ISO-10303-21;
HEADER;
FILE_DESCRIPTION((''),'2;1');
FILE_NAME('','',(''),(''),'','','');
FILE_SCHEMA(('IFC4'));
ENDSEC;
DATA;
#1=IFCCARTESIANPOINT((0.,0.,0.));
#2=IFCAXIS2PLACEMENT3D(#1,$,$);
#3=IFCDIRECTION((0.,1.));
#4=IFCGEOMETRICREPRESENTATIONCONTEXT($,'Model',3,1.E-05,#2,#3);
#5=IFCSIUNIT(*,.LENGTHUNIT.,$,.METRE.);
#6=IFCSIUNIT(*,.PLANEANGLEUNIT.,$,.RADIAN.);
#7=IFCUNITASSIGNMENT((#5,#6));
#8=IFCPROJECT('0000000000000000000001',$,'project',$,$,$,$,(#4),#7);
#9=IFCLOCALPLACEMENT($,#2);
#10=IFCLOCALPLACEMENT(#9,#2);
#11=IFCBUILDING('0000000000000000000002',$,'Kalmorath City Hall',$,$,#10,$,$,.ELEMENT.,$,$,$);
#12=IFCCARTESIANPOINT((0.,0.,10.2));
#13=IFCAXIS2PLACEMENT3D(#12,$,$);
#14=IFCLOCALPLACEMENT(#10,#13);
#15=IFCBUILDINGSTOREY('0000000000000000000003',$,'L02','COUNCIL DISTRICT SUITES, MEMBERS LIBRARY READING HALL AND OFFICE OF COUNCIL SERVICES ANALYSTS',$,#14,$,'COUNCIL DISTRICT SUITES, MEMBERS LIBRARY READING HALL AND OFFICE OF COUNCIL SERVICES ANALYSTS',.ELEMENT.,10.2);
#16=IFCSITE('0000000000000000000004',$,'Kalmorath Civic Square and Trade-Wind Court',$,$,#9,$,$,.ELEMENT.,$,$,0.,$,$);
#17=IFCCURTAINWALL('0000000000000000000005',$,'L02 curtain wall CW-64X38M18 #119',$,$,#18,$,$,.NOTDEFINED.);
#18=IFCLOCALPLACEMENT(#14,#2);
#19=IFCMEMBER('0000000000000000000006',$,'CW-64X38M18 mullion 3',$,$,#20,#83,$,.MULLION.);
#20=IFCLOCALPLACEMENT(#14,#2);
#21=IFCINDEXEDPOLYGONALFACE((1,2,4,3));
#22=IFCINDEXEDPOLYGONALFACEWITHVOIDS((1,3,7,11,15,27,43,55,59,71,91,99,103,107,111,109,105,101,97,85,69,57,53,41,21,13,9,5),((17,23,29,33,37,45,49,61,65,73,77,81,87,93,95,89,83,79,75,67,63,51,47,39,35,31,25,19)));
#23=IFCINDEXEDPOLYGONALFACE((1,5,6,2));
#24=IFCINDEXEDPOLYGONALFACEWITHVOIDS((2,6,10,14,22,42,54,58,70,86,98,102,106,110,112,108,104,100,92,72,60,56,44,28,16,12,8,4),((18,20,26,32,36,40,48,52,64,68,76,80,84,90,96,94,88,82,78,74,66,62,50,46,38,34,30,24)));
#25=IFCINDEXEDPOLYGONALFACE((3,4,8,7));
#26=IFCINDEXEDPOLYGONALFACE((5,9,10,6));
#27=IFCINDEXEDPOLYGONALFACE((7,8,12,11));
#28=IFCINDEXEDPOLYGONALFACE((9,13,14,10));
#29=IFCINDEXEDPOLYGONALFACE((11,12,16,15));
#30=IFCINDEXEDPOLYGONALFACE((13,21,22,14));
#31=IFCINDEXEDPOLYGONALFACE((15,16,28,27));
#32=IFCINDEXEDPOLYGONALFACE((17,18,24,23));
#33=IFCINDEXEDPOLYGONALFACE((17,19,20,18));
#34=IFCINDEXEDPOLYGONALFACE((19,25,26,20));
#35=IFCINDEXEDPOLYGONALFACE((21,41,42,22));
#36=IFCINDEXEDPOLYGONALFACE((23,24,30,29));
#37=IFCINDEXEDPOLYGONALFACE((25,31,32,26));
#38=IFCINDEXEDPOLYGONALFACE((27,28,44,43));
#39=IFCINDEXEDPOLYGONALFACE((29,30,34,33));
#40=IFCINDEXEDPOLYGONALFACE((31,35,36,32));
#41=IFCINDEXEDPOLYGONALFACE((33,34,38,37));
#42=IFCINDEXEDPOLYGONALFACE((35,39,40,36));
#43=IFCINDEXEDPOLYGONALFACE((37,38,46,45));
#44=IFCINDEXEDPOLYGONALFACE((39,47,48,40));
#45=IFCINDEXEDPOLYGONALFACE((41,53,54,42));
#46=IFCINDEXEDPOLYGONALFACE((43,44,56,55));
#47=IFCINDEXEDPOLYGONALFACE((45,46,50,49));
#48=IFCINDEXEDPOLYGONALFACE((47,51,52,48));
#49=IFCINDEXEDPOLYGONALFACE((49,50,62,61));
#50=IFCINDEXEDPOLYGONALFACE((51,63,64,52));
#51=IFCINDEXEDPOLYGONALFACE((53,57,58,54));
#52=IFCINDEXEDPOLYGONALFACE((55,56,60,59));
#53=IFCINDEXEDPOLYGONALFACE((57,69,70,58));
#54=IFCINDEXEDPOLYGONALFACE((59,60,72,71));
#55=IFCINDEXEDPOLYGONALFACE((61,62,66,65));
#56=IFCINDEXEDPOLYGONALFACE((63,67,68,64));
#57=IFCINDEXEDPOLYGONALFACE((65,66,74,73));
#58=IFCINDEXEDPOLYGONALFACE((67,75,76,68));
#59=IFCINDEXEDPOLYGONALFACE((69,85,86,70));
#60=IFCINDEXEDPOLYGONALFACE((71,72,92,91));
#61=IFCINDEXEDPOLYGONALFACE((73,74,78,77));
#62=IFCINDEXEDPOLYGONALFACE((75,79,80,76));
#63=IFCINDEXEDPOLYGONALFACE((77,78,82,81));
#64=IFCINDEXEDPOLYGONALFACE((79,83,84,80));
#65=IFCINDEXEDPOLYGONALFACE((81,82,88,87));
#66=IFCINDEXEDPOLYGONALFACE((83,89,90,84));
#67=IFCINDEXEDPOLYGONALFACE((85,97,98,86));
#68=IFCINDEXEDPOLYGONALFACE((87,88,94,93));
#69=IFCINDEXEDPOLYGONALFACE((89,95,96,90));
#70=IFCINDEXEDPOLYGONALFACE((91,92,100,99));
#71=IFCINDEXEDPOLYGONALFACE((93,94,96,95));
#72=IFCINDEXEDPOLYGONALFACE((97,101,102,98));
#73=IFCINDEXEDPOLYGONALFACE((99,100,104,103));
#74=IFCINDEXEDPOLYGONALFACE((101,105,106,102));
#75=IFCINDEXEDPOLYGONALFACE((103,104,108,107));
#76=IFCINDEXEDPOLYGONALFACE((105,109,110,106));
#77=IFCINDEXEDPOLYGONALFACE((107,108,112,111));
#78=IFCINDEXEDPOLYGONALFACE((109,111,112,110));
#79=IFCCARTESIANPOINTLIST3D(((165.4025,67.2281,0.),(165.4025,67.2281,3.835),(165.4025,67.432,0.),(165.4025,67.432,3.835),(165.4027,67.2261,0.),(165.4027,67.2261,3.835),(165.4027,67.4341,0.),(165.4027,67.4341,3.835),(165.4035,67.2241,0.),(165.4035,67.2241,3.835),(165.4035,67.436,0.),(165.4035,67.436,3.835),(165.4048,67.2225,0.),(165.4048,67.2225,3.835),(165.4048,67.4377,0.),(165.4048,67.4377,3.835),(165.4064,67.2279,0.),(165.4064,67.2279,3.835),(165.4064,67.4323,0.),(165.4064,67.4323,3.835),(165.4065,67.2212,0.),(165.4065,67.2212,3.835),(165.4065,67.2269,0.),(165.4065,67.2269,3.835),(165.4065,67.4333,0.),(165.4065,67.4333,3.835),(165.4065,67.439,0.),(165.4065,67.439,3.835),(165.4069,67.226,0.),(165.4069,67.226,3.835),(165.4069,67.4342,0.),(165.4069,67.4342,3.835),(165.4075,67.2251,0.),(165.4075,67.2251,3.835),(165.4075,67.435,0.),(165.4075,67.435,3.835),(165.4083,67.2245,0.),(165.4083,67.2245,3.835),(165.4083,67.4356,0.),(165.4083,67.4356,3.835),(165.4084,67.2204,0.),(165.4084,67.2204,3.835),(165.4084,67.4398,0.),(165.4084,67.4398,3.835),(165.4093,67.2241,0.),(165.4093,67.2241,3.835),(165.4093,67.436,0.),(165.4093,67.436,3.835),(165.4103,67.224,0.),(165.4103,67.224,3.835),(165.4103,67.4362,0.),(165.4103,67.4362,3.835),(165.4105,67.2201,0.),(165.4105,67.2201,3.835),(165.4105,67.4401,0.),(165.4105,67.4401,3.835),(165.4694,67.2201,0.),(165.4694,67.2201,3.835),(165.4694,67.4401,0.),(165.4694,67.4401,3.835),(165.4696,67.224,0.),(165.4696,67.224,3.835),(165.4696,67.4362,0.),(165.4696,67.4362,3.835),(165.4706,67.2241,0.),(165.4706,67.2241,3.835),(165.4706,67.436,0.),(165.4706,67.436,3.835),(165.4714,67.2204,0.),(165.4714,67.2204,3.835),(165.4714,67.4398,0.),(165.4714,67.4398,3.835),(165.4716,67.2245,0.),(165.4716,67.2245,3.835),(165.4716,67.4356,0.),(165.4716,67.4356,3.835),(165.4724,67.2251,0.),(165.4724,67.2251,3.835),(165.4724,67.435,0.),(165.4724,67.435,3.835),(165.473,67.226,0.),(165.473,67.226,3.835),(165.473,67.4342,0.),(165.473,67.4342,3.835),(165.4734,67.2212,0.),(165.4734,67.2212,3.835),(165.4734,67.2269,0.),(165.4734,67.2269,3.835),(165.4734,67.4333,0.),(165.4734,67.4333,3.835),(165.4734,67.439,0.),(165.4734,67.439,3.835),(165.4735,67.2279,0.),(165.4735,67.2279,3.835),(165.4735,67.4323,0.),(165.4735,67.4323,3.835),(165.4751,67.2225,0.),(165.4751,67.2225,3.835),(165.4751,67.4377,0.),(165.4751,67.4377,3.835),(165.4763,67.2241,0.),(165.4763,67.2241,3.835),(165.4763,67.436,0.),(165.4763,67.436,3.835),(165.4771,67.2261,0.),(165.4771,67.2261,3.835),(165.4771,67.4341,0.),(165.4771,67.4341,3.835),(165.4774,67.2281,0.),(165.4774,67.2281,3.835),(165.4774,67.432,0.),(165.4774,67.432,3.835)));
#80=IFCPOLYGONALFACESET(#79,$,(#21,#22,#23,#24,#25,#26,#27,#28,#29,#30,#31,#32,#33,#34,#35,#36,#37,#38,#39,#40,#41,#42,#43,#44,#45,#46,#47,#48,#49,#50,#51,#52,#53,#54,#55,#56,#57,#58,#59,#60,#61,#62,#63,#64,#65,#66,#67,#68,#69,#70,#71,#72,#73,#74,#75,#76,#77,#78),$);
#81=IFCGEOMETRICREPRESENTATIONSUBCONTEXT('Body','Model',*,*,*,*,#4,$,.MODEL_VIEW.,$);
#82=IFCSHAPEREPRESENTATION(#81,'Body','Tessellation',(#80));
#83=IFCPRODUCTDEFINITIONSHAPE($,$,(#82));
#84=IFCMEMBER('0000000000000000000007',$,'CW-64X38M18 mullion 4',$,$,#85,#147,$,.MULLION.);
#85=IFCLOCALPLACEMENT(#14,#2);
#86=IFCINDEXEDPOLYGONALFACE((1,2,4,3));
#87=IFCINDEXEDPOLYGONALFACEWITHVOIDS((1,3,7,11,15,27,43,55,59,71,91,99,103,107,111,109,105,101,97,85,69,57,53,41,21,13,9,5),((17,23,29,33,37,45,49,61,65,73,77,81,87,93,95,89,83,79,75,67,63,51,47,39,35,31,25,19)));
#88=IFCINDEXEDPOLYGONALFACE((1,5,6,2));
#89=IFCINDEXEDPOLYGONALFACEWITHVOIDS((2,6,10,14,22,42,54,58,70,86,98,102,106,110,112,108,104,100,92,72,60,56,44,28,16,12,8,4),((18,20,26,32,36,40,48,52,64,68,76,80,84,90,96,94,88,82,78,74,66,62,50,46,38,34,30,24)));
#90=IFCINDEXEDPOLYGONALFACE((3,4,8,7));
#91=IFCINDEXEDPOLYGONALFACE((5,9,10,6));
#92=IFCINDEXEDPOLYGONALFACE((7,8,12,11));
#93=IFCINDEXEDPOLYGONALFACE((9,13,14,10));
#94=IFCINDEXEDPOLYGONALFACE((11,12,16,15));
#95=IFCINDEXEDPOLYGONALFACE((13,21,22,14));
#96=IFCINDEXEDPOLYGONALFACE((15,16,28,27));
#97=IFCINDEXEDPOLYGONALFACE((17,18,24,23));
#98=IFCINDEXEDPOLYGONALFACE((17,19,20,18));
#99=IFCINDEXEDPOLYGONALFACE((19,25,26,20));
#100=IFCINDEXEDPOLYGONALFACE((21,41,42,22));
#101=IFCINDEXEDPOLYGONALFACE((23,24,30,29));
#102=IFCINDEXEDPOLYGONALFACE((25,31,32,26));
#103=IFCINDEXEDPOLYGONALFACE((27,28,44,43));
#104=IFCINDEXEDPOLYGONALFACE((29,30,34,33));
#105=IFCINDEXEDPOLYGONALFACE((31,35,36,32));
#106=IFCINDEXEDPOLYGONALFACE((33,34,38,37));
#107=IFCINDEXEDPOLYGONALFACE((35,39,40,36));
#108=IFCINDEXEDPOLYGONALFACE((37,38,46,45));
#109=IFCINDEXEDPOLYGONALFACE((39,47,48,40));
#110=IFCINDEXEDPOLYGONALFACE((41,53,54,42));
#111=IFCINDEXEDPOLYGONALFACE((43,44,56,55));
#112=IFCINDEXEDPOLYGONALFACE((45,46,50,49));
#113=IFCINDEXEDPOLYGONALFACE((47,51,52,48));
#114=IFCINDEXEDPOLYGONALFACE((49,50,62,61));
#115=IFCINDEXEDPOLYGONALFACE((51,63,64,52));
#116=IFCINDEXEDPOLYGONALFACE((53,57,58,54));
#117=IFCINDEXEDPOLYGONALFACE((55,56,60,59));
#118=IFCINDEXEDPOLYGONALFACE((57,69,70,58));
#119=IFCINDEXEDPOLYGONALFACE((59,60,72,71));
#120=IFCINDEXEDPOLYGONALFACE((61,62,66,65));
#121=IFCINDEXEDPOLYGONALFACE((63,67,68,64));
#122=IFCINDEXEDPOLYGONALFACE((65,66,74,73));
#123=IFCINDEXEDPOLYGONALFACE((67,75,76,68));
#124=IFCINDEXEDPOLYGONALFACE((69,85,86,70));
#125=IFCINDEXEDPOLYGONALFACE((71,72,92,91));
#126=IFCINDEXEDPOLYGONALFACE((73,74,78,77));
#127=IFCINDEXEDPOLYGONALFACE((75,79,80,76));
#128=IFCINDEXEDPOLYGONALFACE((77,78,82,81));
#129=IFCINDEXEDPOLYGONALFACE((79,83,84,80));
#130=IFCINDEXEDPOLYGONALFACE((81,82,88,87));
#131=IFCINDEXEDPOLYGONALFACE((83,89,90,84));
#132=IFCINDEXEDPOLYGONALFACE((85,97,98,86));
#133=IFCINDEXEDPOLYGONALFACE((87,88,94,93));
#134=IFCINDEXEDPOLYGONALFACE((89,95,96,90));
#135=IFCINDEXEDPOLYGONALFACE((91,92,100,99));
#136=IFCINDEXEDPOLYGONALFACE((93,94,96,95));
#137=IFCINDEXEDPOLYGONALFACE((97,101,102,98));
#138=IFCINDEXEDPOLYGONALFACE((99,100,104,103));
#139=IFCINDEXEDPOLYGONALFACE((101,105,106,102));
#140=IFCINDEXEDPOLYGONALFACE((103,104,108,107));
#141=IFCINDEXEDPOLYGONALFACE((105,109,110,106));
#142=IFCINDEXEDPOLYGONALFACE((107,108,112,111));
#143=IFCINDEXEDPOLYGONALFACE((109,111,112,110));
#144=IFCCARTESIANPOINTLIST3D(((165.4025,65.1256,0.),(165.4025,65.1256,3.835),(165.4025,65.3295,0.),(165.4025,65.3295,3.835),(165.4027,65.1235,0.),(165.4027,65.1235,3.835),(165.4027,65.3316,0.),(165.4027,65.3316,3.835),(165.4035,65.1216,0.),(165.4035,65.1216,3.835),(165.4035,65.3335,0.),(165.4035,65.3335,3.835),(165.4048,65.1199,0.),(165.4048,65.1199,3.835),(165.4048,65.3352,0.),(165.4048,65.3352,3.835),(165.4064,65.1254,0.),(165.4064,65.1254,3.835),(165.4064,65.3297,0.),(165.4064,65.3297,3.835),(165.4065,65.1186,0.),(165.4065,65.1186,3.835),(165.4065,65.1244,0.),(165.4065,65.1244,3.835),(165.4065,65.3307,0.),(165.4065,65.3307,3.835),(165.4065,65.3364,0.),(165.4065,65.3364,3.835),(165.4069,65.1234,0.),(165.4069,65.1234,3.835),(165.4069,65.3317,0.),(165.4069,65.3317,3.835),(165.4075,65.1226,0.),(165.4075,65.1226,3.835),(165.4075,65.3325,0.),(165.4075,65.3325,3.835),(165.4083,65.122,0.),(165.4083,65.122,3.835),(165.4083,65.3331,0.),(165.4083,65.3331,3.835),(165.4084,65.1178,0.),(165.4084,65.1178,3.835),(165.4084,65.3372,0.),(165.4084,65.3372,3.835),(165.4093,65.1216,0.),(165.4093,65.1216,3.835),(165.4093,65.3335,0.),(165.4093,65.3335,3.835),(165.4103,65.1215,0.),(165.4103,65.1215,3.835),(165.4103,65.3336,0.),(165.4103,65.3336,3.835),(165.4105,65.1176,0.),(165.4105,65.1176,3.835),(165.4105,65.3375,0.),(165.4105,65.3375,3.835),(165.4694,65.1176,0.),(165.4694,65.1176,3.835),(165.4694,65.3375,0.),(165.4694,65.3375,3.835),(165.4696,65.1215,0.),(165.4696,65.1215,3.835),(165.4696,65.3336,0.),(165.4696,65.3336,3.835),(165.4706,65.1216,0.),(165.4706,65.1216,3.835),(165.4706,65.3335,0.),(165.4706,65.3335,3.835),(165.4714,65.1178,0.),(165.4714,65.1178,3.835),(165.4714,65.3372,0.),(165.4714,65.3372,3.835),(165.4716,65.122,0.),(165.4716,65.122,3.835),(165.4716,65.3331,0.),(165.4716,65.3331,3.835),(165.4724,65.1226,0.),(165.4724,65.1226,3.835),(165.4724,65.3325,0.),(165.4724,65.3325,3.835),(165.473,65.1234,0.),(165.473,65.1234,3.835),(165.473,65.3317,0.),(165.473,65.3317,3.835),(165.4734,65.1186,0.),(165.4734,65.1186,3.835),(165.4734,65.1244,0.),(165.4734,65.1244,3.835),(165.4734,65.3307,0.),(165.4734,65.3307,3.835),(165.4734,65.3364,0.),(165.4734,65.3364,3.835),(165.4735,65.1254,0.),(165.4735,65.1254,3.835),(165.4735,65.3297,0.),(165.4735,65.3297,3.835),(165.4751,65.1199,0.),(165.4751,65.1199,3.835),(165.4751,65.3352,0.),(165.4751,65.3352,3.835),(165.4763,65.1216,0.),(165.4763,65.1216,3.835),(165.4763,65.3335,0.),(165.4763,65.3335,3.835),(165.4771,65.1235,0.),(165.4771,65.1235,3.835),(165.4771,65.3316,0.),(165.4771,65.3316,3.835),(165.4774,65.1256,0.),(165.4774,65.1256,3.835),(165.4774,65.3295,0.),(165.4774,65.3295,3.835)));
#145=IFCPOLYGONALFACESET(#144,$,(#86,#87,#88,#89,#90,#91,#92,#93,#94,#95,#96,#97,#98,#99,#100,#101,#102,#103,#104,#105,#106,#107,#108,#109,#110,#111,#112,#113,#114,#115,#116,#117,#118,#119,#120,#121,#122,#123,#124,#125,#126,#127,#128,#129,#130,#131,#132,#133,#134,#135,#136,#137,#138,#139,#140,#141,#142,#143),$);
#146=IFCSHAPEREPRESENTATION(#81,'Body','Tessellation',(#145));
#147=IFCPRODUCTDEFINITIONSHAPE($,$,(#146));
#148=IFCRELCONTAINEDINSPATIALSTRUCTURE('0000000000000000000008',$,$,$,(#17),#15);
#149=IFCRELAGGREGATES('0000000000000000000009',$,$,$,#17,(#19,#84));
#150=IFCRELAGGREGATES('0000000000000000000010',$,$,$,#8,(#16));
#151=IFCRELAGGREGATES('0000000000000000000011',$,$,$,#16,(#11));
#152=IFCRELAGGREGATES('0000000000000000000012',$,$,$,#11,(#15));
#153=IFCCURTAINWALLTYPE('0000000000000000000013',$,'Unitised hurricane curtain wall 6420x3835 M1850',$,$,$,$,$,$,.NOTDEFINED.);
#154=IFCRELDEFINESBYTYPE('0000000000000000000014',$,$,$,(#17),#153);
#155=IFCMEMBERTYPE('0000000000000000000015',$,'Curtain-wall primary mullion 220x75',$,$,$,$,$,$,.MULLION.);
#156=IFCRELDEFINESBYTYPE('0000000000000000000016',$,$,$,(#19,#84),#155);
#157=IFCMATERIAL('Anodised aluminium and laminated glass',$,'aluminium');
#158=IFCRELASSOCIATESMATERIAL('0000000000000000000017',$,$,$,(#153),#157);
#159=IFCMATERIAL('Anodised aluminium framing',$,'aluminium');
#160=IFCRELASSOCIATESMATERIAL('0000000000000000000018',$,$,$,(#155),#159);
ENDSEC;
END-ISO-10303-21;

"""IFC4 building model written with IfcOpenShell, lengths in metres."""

from ifc_helpers import new_model, si_unit, direction, frame, origin, origin_2d, place, context, subcontext, project, spatial, hollow_rectangle, extrude, material, material_profile, profile_set, type_object, element, aggregate, save


model = new_model("IFC4")

# Units and contexts
model_context = context("Model", 3, precision=1e-05, world=origin(), true_north=direction((0.0, 1.0)))
body_context = subcontext(model_context, "Body", "Model", "MODEL_VIEW")
ifc_project = project(units=[si_unit("LENGTHUNIT", "METRE"), si_unit("PLANEANGLEUNIT", "RADIAN")], contexts=[model_context])

# Site, building, storey
site_placement = place(None, origin())
site = spatial("IfcSite", under=ifc_project, at=site_placement, Name="Kalmorath Civic Square and Trade-Wind Court", CompositionType="ELEMENT", RefElevation=0.0)
building_placement = place(site_placement, origin())
building = spatial("IfcBuilding", under=site, at=building_placement, Name="Kalmorath City Hall", CompositionType="ELEMENT")
storey_placement = place(building_placement, frame((0.0, 0.0, 10.2)))
storey = spatial("IfcBuildingStorey", under=building, at=storey_placement, Name="L02", Description="COUNCIL DISTRICT SUITES, MEMBERS LIBRARY READING HALL AND OFFICE OF COUNCIL SERVICES ANALYSTS", LongName="COUNCIL DISTRICT SUITES, MEMBERS LIBRARY READING HALL AND OFFICE OF COUNCIL SERVICES ANALYSTS", CompositionType="ELEMENT", Elevation=10.2)

# Curtain wall
ifc_material_1 = material(Name="Anodised aluminium and laminated glass", Category="aluminium")
curtain_wall_type_1 = type_object("IfcCurtainWallType", Name="Unitised hurricane curtain wall 6420x3835 M1850", PredefinedType="NOTDEFINED", material=ifc_material_1)
curtain_wall_1_placement = place(storey_placement, origin())
curtain_wall_1 = element("IfcCurtainWall", 1, at=curtain_wall_1_placement, inside=storey, type_object=curtain_wall_type_1, Name="L02 curtain wall CW-64X38M18 #119", PredefinedType="NOTDEFINED")

# Members
ifc_material_2 = material(Name="Anodised aluminium framing", Category="aluminium")
ifc_material_profile_1 = material_profile(ifc_material_2, hollow_rectangle(XDim=0.075, YDim=0.22, WallThickness=0.0039, InnerFilletRadius=0.0039, OuterFilletRadius=0.0081, at=origin_2d()), Name="ALU-MUL-220X75X4")
ifc_profile_set_1 = profile_set([ifc_material_profile_1], Name="Anodised aluminium framing")
member_type_1 = type_object("IfcMemberType", Name="Curtain-wall primary mullion 220x75", PredefinedType="MULLION", material=ifc_profile_set_1)
member_1_placement = place(storey_placement, frame((165.4399, 67.3301, 0.0), z_axis=(0.0, 0.0, 1.0), x_axis=(1.0, 0.0, 0.0)))
member_1 = element("IfcMember", 2, at=member_1_placement, type_object=member_type_1, Name="CW-64X38M18 mullion 3", PredefinedType="MULLION", context=body_context, shape_type="SweptSolid", body=[
    extrude(hollow_rectangle(XDim=0.075, YDim=0.22, WallThickness=0.0039, InnerFilletRadius=0.0039, OuterFilletRadius=0.0081, at=origin_2d()), origin(), (0.0, 0.0, 1.0), 3.835),
])
member_2_placement = place(storey_placement, frame((165.4399, 65.2275, 0.0), z_axis=(0.0, 0.0, 1.0), x_axis=(1.0, 0.0, 0.0)))
member_2 = element("IfcMember", 3, at=member_2_placement, type_object=member_type_1, Name="CW-64X38M18 mullion 4", PredefinedType="MULLION", context=body_context, shape_type="SweptSolid", body=[
    extrude(hollow_rectangle(XDim=0.075, YDim=0.22, WallThickness=0.0039, InnerFilletRadius=0.0039, OuterFilletRadius=0.0081, at=origin_2d()), origin(), (0.0, 0.0, 1.0), 3.835),
])

aggregate(curtain_wall_1, [member_1, member_2])

save(model, "model.ifc")
